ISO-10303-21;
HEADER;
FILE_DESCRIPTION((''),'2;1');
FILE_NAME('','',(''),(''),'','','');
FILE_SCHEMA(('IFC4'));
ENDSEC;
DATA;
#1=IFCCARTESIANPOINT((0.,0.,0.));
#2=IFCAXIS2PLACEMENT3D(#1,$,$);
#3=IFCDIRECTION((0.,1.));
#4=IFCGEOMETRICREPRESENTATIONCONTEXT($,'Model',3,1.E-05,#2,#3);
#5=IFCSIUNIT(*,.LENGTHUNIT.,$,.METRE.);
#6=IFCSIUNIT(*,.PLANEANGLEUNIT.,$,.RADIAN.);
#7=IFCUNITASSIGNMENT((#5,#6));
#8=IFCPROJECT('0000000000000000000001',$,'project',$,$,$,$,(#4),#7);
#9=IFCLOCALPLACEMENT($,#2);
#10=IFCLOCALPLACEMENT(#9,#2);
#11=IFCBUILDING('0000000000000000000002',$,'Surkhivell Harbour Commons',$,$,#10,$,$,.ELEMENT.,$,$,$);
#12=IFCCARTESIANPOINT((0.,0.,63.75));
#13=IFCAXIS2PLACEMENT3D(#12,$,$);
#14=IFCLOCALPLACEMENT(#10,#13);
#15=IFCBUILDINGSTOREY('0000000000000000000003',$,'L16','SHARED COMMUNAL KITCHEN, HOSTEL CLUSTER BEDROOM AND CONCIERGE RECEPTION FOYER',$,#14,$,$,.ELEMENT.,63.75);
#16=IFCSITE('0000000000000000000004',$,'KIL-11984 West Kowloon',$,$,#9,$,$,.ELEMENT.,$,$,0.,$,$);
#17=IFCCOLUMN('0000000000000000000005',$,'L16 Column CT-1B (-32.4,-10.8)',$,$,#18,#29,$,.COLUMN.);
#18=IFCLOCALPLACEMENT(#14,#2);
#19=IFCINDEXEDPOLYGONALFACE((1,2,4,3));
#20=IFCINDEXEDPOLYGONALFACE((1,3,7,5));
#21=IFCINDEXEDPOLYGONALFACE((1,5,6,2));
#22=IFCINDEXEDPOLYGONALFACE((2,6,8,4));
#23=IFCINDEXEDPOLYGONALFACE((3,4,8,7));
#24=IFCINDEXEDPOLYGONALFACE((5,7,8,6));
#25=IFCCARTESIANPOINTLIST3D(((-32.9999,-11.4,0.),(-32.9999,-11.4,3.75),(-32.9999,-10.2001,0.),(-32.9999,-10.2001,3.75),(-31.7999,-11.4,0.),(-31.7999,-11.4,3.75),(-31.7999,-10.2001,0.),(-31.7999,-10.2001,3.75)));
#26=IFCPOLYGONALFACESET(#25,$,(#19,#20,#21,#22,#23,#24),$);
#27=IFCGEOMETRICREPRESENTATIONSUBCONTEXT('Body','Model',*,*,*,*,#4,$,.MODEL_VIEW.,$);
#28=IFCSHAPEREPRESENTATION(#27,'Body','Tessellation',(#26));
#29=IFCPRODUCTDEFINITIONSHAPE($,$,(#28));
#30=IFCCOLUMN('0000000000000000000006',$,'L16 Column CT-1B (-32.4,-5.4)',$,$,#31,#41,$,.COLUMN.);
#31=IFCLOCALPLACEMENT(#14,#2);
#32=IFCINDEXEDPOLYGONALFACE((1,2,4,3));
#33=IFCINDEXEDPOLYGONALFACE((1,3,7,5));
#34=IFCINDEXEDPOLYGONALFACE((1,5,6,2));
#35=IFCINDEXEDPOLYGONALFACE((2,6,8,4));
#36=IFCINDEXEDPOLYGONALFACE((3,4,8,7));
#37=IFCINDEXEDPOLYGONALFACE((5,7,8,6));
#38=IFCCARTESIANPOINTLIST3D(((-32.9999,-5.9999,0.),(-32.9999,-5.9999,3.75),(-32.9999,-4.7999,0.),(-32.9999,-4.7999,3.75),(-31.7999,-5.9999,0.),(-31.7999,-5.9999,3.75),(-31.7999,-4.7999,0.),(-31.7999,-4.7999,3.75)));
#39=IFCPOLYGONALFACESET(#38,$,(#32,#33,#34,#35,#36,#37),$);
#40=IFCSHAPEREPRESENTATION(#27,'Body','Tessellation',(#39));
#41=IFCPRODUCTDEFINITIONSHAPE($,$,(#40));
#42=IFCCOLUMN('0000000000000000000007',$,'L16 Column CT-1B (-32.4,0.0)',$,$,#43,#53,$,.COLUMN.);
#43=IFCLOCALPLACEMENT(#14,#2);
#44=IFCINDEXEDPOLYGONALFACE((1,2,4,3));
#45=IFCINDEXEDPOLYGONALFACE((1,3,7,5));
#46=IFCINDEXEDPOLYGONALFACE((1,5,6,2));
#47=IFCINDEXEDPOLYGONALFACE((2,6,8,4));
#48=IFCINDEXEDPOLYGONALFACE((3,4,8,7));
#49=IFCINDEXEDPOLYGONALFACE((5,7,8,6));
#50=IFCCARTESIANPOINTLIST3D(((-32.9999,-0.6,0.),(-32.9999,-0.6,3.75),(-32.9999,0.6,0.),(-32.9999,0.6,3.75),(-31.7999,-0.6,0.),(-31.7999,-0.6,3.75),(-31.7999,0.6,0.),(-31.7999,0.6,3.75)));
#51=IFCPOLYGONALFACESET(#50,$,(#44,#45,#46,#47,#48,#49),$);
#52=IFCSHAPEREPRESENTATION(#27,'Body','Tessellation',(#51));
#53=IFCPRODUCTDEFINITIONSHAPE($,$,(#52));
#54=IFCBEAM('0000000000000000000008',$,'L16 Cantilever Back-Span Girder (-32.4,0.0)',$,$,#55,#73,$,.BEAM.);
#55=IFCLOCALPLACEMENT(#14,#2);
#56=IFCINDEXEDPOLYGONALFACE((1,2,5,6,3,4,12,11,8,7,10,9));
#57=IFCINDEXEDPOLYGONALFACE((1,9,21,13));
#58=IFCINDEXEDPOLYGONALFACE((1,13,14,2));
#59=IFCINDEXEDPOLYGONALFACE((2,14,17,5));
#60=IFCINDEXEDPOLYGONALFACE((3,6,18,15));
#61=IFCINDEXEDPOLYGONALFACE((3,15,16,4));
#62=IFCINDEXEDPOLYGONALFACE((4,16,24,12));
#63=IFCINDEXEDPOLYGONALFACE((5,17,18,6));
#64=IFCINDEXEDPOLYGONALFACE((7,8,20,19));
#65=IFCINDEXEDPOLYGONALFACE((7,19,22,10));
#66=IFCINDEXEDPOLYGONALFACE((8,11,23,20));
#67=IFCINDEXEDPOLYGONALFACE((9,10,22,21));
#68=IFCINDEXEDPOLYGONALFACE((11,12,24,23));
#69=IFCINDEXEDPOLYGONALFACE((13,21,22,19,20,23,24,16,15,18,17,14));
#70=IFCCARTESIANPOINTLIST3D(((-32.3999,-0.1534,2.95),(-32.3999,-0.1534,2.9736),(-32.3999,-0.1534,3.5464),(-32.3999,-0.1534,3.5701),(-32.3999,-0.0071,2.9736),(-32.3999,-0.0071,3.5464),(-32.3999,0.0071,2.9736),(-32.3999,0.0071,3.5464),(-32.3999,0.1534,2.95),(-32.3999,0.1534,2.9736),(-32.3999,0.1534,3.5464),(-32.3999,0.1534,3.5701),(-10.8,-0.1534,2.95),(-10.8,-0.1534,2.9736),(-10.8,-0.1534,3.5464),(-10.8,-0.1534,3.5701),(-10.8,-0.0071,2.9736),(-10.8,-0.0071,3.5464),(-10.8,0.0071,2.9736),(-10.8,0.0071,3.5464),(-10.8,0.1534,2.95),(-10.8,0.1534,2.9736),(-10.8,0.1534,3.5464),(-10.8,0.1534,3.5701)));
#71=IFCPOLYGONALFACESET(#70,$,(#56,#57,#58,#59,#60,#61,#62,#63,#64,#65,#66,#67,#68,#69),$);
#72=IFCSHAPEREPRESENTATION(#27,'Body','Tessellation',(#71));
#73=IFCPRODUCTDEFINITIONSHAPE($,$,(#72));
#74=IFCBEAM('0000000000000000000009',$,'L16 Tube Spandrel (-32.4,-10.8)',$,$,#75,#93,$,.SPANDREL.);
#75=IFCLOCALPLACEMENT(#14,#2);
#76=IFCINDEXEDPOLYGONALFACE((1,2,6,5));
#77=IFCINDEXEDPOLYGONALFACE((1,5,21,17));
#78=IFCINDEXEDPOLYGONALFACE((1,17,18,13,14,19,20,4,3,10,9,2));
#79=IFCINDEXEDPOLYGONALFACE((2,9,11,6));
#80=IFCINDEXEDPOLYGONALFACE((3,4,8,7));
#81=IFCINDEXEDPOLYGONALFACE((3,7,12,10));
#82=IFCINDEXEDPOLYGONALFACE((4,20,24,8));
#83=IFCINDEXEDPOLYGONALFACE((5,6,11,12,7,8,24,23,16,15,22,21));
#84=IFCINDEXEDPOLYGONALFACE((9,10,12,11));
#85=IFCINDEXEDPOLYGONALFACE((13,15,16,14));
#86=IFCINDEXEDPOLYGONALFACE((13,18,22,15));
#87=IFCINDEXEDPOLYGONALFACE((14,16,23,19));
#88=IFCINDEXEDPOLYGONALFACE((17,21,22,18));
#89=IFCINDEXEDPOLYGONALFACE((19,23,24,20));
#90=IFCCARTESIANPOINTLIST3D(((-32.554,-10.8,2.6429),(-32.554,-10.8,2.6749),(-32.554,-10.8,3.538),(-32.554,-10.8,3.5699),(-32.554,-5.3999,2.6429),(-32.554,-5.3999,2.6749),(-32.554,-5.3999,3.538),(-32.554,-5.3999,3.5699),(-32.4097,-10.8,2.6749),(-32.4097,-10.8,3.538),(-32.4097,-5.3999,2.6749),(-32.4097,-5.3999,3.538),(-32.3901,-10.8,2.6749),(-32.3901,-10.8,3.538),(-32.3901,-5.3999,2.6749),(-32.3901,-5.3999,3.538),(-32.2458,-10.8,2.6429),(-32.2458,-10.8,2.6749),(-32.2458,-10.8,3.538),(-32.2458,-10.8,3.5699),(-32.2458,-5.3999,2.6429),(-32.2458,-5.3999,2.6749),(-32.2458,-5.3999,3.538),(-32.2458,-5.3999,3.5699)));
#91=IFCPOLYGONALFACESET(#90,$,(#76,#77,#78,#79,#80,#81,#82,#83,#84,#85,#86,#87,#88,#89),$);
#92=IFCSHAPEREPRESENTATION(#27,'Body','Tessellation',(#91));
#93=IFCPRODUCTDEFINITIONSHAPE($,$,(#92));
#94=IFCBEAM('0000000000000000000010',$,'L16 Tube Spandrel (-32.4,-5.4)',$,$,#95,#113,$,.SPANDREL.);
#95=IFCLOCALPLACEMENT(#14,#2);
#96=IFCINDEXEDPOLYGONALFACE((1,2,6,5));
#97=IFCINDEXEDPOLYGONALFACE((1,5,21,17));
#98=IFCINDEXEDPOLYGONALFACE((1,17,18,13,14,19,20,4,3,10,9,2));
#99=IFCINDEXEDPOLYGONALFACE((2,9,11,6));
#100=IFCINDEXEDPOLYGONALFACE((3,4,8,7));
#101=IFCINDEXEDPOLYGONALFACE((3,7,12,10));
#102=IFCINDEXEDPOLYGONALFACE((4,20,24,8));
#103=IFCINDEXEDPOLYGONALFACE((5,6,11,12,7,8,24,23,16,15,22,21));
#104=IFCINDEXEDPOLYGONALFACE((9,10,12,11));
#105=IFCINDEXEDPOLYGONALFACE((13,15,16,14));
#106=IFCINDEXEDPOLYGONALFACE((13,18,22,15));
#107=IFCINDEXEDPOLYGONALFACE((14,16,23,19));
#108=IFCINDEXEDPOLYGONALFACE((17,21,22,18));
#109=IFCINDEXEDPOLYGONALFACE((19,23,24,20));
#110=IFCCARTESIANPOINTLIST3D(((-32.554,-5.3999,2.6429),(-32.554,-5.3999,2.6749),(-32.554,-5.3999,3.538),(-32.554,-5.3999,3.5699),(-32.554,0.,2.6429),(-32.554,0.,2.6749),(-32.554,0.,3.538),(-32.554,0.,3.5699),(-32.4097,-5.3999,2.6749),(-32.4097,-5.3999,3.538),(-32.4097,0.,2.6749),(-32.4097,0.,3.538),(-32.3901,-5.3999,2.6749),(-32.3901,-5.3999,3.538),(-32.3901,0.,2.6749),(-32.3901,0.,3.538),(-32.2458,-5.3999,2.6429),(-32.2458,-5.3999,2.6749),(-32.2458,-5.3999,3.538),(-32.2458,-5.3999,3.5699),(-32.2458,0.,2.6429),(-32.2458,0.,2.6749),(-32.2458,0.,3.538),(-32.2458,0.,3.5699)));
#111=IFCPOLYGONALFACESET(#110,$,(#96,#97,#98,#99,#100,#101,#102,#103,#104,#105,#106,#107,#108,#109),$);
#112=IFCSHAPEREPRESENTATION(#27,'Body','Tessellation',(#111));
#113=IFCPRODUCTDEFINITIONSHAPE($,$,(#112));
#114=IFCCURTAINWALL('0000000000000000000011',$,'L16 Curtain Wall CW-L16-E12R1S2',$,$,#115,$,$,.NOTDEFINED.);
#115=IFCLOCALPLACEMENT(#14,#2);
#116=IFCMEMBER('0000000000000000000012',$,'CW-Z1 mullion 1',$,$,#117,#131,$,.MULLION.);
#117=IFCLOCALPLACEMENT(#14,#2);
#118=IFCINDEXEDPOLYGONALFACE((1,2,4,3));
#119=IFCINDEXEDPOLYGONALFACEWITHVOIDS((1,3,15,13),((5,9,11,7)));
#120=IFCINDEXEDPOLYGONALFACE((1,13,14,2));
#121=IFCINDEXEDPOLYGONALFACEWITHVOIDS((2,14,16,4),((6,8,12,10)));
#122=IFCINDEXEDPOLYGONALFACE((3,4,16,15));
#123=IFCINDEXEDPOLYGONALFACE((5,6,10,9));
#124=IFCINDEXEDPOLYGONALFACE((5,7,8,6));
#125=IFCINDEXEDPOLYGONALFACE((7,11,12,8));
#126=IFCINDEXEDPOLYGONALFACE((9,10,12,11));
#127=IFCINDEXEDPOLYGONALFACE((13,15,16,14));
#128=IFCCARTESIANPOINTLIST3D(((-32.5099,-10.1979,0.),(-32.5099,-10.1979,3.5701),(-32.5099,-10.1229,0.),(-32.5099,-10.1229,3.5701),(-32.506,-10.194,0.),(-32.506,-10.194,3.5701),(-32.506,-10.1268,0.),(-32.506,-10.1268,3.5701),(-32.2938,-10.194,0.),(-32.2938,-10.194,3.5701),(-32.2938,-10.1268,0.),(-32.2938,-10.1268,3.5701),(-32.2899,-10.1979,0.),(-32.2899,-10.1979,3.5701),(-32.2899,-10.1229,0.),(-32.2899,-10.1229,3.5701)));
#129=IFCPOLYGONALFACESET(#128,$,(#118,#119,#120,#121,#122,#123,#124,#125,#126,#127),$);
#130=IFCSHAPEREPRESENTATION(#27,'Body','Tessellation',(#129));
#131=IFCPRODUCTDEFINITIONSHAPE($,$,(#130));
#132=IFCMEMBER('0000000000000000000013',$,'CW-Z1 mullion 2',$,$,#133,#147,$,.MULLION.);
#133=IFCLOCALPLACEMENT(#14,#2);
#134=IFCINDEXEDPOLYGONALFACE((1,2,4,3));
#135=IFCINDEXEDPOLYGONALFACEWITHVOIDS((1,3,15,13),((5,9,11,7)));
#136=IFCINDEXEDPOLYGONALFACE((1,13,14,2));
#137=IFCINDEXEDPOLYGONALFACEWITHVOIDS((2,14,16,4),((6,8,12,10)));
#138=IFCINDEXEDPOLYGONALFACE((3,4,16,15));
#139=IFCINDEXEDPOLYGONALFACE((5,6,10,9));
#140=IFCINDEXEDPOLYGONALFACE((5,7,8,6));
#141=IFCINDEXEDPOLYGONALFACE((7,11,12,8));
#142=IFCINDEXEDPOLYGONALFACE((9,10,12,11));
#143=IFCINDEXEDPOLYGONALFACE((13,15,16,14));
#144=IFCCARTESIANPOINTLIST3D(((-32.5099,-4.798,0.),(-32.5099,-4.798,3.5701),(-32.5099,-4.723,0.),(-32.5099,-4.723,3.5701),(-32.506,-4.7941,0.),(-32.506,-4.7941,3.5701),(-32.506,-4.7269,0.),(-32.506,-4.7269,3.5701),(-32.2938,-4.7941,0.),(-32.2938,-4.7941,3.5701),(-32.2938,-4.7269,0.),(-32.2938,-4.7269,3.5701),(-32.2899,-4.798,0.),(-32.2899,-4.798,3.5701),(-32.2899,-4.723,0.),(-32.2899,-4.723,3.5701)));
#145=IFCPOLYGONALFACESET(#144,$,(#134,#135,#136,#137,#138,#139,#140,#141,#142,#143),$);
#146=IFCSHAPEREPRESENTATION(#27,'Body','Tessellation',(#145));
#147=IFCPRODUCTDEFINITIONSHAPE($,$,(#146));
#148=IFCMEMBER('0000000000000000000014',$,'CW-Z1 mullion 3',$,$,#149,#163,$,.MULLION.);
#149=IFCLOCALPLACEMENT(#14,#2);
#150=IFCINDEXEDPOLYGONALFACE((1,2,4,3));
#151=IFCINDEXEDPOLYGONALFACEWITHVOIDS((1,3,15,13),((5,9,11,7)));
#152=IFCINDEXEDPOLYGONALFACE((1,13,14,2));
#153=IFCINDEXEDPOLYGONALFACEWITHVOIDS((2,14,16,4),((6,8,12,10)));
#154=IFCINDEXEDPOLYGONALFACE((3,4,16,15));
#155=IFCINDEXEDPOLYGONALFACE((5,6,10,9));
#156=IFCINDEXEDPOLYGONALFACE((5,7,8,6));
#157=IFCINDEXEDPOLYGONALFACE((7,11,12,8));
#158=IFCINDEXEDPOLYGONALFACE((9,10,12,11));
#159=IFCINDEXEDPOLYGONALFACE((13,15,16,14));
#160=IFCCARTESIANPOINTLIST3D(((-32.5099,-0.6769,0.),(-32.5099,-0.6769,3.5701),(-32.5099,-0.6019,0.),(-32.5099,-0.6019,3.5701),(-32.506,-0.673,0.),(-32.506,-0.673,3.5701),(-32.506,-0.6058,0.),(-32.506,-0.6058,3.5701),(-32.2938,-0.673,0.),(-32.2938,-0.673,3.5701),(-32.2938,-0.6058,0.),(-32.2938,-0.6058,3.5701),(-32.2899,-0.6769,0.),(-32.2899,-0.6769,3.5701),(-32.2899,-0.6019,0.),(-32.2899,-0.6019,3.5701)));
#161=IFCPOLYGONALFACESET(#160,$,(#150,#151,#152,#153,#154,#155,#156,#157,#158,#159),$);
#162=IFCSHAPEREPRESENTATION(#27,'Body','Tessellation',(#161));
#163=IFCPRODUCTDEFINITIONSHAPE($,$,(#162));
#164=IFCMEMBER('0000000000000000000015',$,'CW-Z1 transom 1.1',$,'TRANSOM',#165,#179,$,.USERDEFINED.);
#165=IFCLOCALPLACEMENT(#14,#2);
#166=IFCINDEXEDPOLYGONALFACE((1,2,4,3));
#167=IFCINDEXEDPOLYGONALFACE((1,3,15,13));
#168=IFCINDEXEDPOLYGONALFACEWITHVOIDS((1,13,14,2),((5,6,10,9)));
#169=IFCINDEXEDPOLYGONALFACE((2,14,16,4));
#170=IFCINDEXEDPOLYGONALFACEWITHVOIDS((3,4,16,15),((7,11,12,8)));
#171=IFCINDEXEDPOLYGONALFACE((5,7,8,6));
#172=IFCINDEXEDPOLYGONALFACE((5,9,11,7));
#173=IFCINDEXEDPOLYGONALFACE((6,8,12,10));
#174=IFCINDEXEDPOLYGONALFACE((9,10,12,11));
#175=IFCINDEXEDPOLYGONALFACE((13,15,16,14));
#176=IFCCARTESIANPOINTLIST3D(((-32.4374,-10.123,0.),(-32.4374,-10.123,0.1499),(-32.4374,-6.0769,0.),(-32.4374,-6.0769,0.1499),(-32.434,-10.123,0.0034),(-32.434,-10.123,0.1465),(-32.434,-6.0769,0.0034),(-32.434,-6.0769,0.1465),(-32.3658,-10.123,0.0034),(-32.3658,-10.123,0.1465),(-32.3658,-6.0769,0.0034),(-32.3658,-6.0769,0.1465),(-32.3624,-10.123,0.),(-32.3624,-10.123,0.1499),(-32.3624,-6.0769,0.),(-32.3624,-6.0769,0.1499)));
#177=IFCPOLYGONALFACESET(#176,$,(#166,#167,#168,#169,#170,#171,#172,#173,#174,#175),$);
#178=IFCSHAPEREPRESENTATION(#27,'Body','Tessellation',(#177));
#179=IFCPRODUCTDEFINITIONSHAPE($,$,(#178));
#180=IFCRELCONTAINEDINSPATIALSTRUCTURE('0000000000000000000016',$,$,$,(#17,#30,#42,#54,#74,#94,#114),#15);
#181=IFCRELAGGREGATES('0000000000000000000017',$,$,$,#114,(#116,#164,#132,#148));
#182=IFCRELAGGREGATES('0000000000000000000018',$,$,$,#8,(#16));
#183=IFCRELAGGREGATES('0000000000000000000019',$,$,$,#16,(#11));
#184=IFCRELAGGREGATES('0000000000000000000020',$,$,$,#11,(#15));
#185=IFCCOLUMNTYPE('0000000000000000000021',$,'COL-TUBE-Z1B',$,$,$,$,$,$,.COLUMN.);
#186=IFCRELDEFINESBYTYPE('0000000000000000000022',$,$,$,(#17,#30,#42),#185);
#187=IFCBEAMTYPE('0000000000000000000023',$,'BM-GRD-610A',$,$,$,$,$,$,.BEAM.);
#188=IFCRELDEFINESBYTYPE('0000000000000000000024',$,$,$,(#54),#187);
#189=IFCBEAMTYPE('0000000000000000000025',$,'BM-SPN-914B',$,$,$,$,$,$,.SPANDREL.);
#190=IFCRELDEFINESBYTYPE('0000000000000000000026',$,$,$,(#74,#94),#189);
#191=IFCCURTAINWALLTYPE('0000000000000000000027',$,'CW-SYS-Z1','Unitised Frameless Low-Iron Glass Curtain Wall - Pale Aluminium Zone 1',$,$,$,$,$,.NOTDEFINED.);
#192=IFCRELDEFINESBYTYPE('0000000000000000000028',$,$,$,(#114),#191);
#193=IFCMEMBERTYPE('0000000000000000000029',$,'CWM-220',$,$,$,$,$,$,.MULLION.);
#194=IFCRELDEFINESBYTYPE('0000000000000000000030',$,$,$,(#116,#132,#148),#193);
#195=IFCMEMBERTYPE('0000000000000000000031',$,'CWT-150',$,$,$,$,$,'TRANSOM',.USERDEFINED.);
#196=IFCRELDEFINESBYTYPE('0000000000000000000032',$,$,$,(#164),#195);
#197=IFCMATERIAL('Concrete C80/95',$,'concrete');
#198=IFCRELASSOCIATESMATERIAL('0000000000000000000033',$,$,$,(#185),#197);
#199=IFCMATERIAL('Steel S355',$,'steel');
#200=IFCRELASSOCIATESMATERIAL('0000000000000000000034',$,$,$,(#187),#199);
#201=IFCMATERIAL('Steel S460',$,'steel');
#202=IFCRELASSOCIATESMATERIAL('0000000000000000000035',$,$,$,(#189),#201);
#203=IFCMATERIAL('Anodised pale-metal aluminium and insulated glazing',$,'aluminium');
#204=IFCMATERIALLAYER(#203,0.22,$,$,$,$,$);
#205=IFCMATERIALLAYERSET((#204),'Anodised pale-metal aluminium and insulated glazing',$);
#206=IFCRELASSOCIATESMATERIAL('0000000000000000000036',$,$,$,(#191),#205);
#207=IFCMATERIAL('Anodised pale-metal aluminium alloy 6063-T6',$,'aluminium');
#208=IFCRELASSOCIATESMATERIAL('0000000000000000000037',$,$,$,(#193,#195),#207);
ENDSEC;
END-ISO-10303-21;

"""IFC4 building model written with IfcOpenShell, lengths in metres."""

from ifc_helpers import new_model, si_unit, direction, frame, origin, origin_2d, place, context, subcontext, project, spatial, rectangle, hollow_rectangle, i_section, extrude, material, layer, layer_set, material_profile, profile_set, type_object, element, aggregate, save


model = new_model("IFC4")

# Units and contexts
model_context = context("Model", 3, precision=1e-05, world=origin(), true_north=direction((0.0, 1.0)))
body_context = subcontext(model_context, "Body", "Model", "MODEL_VIEW")
ifc_project = project(units=[si_unit("LENGTHUNIT", "METRE"), si_unit("PLANEANGLEUNIT", "RADIAN")], contexts=[model_context])

# Site, building, storey
site_placement = place(None, origin())
site = spatial("IfcSite", under=ifc_project, at=site_placement, Name="KIL-11984 West Kowloon", CompositionType="ELEMENT", RefElevation=0.0)
building_placement = place(site_placement, origin())
building = spatial("IfcBuilding", under=site, at=building_placement, Name="Surkhivell Harbour Commons", CompositionType="ELEMENT")
storey_placement = place(building_placement, frame((0.0, 0.0, 63.75)))
storey = spatial("IfcBuildingStorey", under=building, at=storey_placement, Name="L16", Description="SHARED COMMUNAL KITCHEN, HOSTEL CLUSTER BEDROOM AND CONCIERGE RECEPTION FOYER", CompositionType="ELEMENT", Elevation=63.75)

# Columns
ifc_material_1 = material(Name="Concrete C80/95", Category="concrete")
ifc_material_profile_1 = material_profile(ifc_material_1, rectangle(XDim=1.2, YDim=1.2, at=origin_2d()), Name="RC-COL-1200x1200")
ifc_profile_set_1 = profile_set([ifc_material_profile_1], Name="Concrete C80/95")
column_type = type_object("IfcColumnType", Name="COL-TUBE-Z1B", PredefinedType="COLUMN", material=ifc_profile_set_1)
for number, where, z_axis, x_axis, name in (
    (1, (-32.3999, -10.8, 0.0), (0.0, 0.0, 1.0), (1.0, 0.0, 0.0), "L16 Column CT-1B (-32.4,-10.8)"),
    (2, (-32.3999, -5.3999, 0.0), (0.0, 0.0, 1.0), (1.0, 0.0, 0.0), "L16 Column CT-1B (-32.4,-5.4)"),
    (3, (-32.3999, 0.0, 0.0), (0.0, 0.0, 1.0), (1.0, 0.0, 0.0), "L16 Column CT-1B (-32.4,0.0)"),
):
    element("IfcColumn", number, at=place(storey_placement, frame(where, z_axis=z_axis, x_axis=x_axis)), inside=storey, type_object=column_type, Name=name, PredefinedType="COLUMN", context=body_context, shape_type="SweptSolid", body=[
        extrude(rectangle(XDim=1.2, YDim=1.2, at=origin_2d()), origin(), (0.0, 0.0, 1.0), 3.75),
    ])

# Beams
ifc_material_2 = material(Name="Steel S355", Category="steel")
ifc_material_profile_2 = material_profile(ifc_material_2, i_section(OverallWidth=0.3069, OverallDepth=0.6201, WebThickness=0.0142, FlangeThickness=0.0237, at=origin_2d()), Name="UB610x305x179")
ifc_profile_set_2 = profile_set([ifc_material_profile_2], Name="Steel S355")
beam_type_1 = type_object("IfcBeamType", Name="BM-GRD-610A", PredefinedType="BEAM", material=ifc_profile_set_2)
beam_1_placement = place(storey_placement, frame((-32.3999, 0.0, 3.26), z_axis=(1.0, 0.0, 0.0), x_axis=(0.0, 1.0, 0.0)))
element("IfcBeam", 4, at=beam_1_placement, inside=storey, type_object=beam_type_1, Name="L16 Cantilever Back-Span Girder (-32.4,0.0)", PredefinedType="BEAM", context=body_context, shape_type="SweptSolid", body=[
    extrude(i_section(OverallWidth=0.3069, OverallDepth=0.6201, WebThickness=0.0142, FlangeThickness=0.0237, at=origin_2d()), origin(), (0.0, 0.0, 1.0), 21.5999),
])
ifc_material_3 = material(Name="Steel S460", Category="steel")
ifc_material_profile_3 = material_profile(ifc_material_3, i_section(OverallWidth=0.3081, OverallDepth=0.927, WebThickness=0.0195, FlangeThickness=0.032, at=origin_2d()), Name="UB914x305x289")
ifc_profile_set_3 = profile_set([ifc_material_profile_3], Name="Steel S460")
beam_type_2 = type_object("IfcBeamType", Name="BM-SPN-914B", PredefinedType="SPANDREL", material=ifc_profile_set_3)
beam_2_placement = place(storey_placement, frame((-32.3999, -10.8, 3.1064), z_axis=(0.0, 1.0, 0.0), x_axis=(-1.0, 0.0, 0.0)))
element("IfcBeam", 5, at=beam_2_placement, inside=storey, type_object=beam_type_2, Name="L16 Tube Spandrel (-32.4,-10.8)", PredefinedType="SPANDREL", context=body_context, shape_type="SweptSolid", body=[
    extrude(i_section(OverallWidth=0.3081, OverallDepth=0.927, WebThickness=0.0195, FlangeThickness=0.032, at=origin_2d()), origin(), (0.0, 0.0, 1.0), 5.4001),
])
beam_3_placement = place(storey_placement, frame((-32.3999, -5.3999, 3.1064), z_axis=(0.0, 1.0, 0.0), x_axis=(-1.0, 0.0, 0.0)))
element("IfcBeam", 6, at=beam_3_placement, inside=storey, type_object=beam_type_2, Name="L16 Tube Spandrel (-32.4,-5.4)", PredefinedType="SPANDREL", context=body_context, shape_type="SweptSolid", body=[
    extrude(i_section(OverallWidth=0.3081, OverallDepth=0.927, WebThickness=0.0195, FlangeThickness=0.032, at=origin_2d()), origin(), (0.0, 0.0, 1.0), 5.3999),
])

# Curtain wall, members
ifc_material_4 = material(Name="Anodised pale-metal aluminium and insulated glazing", Category="aluminium")
ifc_layer_1 = layer(ifc_material_4, 0.22)
ifc_layer_set_1 = layer_set([ifc_layer_1], Name="Anodised pale-metal aluminium and insulated glazing")
curtain_wall_type = type_object("IfcCurtainWallType", Name="CW-SYS-Z1", Description="Unitised Frameless Low-Iron Glass Curtain Wall - Pale Aluminium Zone 1", PredefinedType="NOTDEFINED", material=ifc_layer_set_1)
curtain_wall_placement = place(storey_placement, origin())
curtain_wall = element("IfcCurtainWall", 7, at=curtain_wall_placement, inside=storey, type_object=curtain_wall_type, Name="L16 Curtain Wall CW-L16-E12R1S2", PredefinedType="NOTDEFINED")
ifc_material_5 = material(Name="Anodised pale-metal aluminium alloy 6063-T6", Category="aluminium")
ifc_material_profile_4 = material_profile(ifc_material_5, hollow_rectangle(XDim=0.075, YDim=0.22, WallThickness=0.0039, at=origin_2d()), Name="ALU-MULL-75x220")
ifc_profile_set_4 = profile_set([ifc_material_profile_4], Name="Anodised pale-metal aluminium alloy 6063-T6")
member_type_1 = type_object("IfcMemberType", Name="CWM-220", PredefinedType="MULLION", material=ifc_profile_set_4)
member_1_placement = place(storey_placement, frame((-32.3999, -10.1604, 0.0), z_axis=(0.0, 0.0, 1.0), x_axis=(0.0, 1.0, 0.0)))
member_1 = element("IfcMember", 8, at=member_1_placement, type_object=member_type_1, Name="CW-Z1 mullion 1", PredefinedType="MULLION", context=body_context, shape_type="SweptSolid", body=[
    extrude(hollow_rectangle(XDim=0.075, YDim=0.22, WallThickness=0.0039, at=origin_2d()), origin(), (0.0, 0.0, 1.0), 3.5701),
])
member_2_placement = place(storey_placement, frame((-32.3999, -4.7605, 0.0), z_axis=(0.0, 0.0, 1.0), x_axis=(0.0, 1.0, 0.0)))
member_2 = element("IfcMember", 9, at=member_2_placement, type_object=member_type_1, Name="CW-Z1 mullion 2", PredefinedType="MULLION", context=body_context, shape_type="SweptSolid", body=[
    extrude(hollow_rectangle(XDim=0.075, YDim=0.22, WallThickness=0.0039, at=origin_2d()), origin(), (0.0, 0.0, 1.0), 3.5701),
])
member_3_placement = place(storey_placement, frame((-32.3999, -0.6394, 0.0), z_axis=(0.0, 0.0, 1.0), x_axis=(0.0, 1.0, 0.0)))
member_3 = element("IfcMember", 10, at=member_3_placement, type_object=member_type_1, Name="CW-Z1 mullion 3", PredefinedType="MULLION", context=body_context, shape_type="SweptSolid", body=[
    extrude(hollow_rectangle(XDim=0.075, YDim=0.22, WallThickness=0.0039, at=origin_2d()), origin(), (0.0, 0.0, 1.0), 3.5701),
])
ifc_material_profile_5 = material_profile(ifc_material_5, hollow_rectangle(XDim=0.075, YDim=0.1499, WallThickness=0.0034, at=origin_2d()), Name="ALU-TRAN-75x150")
ifc_profile_set_5 = profile_set([ifc_material_profile_5], Name="Anodised pale-metal aluminium alloy 6063-T6")
member_type_2 = type_object("IfcMemberType", Name="CWT-150", ElementType="TRANSOM", PredefinedType="USERDEFINED", material=ifc_profile_set_5)
member_4_placement = place(storey_placement, frame((-32.3999, -10.123, 0.075), z_axis=(0.0, 1.0, 0.0), x_axis=(-1.0, 0.0, 0.0)))
member_4 = element("IfcMember", 11, at=member_4_placement, type_object=member_type_2, Name="CW-Z1 transom 1.1", ObjectType="TRANSOM", PredefinedType="USERDEFINED", context=body_context, shape_type="SweptSolid", body=[
    extrude(hollow_rectangle(XDim=0.075, YDim=0.1499, WallThickness=0.0034, at=origin_2d()), origin(), (0.0, 0.0, 1.0), 4.0461),
])

aggregate(curtain_wall, [member_1, member_4, member_2, member_3])

save(model, "model.ifc")
